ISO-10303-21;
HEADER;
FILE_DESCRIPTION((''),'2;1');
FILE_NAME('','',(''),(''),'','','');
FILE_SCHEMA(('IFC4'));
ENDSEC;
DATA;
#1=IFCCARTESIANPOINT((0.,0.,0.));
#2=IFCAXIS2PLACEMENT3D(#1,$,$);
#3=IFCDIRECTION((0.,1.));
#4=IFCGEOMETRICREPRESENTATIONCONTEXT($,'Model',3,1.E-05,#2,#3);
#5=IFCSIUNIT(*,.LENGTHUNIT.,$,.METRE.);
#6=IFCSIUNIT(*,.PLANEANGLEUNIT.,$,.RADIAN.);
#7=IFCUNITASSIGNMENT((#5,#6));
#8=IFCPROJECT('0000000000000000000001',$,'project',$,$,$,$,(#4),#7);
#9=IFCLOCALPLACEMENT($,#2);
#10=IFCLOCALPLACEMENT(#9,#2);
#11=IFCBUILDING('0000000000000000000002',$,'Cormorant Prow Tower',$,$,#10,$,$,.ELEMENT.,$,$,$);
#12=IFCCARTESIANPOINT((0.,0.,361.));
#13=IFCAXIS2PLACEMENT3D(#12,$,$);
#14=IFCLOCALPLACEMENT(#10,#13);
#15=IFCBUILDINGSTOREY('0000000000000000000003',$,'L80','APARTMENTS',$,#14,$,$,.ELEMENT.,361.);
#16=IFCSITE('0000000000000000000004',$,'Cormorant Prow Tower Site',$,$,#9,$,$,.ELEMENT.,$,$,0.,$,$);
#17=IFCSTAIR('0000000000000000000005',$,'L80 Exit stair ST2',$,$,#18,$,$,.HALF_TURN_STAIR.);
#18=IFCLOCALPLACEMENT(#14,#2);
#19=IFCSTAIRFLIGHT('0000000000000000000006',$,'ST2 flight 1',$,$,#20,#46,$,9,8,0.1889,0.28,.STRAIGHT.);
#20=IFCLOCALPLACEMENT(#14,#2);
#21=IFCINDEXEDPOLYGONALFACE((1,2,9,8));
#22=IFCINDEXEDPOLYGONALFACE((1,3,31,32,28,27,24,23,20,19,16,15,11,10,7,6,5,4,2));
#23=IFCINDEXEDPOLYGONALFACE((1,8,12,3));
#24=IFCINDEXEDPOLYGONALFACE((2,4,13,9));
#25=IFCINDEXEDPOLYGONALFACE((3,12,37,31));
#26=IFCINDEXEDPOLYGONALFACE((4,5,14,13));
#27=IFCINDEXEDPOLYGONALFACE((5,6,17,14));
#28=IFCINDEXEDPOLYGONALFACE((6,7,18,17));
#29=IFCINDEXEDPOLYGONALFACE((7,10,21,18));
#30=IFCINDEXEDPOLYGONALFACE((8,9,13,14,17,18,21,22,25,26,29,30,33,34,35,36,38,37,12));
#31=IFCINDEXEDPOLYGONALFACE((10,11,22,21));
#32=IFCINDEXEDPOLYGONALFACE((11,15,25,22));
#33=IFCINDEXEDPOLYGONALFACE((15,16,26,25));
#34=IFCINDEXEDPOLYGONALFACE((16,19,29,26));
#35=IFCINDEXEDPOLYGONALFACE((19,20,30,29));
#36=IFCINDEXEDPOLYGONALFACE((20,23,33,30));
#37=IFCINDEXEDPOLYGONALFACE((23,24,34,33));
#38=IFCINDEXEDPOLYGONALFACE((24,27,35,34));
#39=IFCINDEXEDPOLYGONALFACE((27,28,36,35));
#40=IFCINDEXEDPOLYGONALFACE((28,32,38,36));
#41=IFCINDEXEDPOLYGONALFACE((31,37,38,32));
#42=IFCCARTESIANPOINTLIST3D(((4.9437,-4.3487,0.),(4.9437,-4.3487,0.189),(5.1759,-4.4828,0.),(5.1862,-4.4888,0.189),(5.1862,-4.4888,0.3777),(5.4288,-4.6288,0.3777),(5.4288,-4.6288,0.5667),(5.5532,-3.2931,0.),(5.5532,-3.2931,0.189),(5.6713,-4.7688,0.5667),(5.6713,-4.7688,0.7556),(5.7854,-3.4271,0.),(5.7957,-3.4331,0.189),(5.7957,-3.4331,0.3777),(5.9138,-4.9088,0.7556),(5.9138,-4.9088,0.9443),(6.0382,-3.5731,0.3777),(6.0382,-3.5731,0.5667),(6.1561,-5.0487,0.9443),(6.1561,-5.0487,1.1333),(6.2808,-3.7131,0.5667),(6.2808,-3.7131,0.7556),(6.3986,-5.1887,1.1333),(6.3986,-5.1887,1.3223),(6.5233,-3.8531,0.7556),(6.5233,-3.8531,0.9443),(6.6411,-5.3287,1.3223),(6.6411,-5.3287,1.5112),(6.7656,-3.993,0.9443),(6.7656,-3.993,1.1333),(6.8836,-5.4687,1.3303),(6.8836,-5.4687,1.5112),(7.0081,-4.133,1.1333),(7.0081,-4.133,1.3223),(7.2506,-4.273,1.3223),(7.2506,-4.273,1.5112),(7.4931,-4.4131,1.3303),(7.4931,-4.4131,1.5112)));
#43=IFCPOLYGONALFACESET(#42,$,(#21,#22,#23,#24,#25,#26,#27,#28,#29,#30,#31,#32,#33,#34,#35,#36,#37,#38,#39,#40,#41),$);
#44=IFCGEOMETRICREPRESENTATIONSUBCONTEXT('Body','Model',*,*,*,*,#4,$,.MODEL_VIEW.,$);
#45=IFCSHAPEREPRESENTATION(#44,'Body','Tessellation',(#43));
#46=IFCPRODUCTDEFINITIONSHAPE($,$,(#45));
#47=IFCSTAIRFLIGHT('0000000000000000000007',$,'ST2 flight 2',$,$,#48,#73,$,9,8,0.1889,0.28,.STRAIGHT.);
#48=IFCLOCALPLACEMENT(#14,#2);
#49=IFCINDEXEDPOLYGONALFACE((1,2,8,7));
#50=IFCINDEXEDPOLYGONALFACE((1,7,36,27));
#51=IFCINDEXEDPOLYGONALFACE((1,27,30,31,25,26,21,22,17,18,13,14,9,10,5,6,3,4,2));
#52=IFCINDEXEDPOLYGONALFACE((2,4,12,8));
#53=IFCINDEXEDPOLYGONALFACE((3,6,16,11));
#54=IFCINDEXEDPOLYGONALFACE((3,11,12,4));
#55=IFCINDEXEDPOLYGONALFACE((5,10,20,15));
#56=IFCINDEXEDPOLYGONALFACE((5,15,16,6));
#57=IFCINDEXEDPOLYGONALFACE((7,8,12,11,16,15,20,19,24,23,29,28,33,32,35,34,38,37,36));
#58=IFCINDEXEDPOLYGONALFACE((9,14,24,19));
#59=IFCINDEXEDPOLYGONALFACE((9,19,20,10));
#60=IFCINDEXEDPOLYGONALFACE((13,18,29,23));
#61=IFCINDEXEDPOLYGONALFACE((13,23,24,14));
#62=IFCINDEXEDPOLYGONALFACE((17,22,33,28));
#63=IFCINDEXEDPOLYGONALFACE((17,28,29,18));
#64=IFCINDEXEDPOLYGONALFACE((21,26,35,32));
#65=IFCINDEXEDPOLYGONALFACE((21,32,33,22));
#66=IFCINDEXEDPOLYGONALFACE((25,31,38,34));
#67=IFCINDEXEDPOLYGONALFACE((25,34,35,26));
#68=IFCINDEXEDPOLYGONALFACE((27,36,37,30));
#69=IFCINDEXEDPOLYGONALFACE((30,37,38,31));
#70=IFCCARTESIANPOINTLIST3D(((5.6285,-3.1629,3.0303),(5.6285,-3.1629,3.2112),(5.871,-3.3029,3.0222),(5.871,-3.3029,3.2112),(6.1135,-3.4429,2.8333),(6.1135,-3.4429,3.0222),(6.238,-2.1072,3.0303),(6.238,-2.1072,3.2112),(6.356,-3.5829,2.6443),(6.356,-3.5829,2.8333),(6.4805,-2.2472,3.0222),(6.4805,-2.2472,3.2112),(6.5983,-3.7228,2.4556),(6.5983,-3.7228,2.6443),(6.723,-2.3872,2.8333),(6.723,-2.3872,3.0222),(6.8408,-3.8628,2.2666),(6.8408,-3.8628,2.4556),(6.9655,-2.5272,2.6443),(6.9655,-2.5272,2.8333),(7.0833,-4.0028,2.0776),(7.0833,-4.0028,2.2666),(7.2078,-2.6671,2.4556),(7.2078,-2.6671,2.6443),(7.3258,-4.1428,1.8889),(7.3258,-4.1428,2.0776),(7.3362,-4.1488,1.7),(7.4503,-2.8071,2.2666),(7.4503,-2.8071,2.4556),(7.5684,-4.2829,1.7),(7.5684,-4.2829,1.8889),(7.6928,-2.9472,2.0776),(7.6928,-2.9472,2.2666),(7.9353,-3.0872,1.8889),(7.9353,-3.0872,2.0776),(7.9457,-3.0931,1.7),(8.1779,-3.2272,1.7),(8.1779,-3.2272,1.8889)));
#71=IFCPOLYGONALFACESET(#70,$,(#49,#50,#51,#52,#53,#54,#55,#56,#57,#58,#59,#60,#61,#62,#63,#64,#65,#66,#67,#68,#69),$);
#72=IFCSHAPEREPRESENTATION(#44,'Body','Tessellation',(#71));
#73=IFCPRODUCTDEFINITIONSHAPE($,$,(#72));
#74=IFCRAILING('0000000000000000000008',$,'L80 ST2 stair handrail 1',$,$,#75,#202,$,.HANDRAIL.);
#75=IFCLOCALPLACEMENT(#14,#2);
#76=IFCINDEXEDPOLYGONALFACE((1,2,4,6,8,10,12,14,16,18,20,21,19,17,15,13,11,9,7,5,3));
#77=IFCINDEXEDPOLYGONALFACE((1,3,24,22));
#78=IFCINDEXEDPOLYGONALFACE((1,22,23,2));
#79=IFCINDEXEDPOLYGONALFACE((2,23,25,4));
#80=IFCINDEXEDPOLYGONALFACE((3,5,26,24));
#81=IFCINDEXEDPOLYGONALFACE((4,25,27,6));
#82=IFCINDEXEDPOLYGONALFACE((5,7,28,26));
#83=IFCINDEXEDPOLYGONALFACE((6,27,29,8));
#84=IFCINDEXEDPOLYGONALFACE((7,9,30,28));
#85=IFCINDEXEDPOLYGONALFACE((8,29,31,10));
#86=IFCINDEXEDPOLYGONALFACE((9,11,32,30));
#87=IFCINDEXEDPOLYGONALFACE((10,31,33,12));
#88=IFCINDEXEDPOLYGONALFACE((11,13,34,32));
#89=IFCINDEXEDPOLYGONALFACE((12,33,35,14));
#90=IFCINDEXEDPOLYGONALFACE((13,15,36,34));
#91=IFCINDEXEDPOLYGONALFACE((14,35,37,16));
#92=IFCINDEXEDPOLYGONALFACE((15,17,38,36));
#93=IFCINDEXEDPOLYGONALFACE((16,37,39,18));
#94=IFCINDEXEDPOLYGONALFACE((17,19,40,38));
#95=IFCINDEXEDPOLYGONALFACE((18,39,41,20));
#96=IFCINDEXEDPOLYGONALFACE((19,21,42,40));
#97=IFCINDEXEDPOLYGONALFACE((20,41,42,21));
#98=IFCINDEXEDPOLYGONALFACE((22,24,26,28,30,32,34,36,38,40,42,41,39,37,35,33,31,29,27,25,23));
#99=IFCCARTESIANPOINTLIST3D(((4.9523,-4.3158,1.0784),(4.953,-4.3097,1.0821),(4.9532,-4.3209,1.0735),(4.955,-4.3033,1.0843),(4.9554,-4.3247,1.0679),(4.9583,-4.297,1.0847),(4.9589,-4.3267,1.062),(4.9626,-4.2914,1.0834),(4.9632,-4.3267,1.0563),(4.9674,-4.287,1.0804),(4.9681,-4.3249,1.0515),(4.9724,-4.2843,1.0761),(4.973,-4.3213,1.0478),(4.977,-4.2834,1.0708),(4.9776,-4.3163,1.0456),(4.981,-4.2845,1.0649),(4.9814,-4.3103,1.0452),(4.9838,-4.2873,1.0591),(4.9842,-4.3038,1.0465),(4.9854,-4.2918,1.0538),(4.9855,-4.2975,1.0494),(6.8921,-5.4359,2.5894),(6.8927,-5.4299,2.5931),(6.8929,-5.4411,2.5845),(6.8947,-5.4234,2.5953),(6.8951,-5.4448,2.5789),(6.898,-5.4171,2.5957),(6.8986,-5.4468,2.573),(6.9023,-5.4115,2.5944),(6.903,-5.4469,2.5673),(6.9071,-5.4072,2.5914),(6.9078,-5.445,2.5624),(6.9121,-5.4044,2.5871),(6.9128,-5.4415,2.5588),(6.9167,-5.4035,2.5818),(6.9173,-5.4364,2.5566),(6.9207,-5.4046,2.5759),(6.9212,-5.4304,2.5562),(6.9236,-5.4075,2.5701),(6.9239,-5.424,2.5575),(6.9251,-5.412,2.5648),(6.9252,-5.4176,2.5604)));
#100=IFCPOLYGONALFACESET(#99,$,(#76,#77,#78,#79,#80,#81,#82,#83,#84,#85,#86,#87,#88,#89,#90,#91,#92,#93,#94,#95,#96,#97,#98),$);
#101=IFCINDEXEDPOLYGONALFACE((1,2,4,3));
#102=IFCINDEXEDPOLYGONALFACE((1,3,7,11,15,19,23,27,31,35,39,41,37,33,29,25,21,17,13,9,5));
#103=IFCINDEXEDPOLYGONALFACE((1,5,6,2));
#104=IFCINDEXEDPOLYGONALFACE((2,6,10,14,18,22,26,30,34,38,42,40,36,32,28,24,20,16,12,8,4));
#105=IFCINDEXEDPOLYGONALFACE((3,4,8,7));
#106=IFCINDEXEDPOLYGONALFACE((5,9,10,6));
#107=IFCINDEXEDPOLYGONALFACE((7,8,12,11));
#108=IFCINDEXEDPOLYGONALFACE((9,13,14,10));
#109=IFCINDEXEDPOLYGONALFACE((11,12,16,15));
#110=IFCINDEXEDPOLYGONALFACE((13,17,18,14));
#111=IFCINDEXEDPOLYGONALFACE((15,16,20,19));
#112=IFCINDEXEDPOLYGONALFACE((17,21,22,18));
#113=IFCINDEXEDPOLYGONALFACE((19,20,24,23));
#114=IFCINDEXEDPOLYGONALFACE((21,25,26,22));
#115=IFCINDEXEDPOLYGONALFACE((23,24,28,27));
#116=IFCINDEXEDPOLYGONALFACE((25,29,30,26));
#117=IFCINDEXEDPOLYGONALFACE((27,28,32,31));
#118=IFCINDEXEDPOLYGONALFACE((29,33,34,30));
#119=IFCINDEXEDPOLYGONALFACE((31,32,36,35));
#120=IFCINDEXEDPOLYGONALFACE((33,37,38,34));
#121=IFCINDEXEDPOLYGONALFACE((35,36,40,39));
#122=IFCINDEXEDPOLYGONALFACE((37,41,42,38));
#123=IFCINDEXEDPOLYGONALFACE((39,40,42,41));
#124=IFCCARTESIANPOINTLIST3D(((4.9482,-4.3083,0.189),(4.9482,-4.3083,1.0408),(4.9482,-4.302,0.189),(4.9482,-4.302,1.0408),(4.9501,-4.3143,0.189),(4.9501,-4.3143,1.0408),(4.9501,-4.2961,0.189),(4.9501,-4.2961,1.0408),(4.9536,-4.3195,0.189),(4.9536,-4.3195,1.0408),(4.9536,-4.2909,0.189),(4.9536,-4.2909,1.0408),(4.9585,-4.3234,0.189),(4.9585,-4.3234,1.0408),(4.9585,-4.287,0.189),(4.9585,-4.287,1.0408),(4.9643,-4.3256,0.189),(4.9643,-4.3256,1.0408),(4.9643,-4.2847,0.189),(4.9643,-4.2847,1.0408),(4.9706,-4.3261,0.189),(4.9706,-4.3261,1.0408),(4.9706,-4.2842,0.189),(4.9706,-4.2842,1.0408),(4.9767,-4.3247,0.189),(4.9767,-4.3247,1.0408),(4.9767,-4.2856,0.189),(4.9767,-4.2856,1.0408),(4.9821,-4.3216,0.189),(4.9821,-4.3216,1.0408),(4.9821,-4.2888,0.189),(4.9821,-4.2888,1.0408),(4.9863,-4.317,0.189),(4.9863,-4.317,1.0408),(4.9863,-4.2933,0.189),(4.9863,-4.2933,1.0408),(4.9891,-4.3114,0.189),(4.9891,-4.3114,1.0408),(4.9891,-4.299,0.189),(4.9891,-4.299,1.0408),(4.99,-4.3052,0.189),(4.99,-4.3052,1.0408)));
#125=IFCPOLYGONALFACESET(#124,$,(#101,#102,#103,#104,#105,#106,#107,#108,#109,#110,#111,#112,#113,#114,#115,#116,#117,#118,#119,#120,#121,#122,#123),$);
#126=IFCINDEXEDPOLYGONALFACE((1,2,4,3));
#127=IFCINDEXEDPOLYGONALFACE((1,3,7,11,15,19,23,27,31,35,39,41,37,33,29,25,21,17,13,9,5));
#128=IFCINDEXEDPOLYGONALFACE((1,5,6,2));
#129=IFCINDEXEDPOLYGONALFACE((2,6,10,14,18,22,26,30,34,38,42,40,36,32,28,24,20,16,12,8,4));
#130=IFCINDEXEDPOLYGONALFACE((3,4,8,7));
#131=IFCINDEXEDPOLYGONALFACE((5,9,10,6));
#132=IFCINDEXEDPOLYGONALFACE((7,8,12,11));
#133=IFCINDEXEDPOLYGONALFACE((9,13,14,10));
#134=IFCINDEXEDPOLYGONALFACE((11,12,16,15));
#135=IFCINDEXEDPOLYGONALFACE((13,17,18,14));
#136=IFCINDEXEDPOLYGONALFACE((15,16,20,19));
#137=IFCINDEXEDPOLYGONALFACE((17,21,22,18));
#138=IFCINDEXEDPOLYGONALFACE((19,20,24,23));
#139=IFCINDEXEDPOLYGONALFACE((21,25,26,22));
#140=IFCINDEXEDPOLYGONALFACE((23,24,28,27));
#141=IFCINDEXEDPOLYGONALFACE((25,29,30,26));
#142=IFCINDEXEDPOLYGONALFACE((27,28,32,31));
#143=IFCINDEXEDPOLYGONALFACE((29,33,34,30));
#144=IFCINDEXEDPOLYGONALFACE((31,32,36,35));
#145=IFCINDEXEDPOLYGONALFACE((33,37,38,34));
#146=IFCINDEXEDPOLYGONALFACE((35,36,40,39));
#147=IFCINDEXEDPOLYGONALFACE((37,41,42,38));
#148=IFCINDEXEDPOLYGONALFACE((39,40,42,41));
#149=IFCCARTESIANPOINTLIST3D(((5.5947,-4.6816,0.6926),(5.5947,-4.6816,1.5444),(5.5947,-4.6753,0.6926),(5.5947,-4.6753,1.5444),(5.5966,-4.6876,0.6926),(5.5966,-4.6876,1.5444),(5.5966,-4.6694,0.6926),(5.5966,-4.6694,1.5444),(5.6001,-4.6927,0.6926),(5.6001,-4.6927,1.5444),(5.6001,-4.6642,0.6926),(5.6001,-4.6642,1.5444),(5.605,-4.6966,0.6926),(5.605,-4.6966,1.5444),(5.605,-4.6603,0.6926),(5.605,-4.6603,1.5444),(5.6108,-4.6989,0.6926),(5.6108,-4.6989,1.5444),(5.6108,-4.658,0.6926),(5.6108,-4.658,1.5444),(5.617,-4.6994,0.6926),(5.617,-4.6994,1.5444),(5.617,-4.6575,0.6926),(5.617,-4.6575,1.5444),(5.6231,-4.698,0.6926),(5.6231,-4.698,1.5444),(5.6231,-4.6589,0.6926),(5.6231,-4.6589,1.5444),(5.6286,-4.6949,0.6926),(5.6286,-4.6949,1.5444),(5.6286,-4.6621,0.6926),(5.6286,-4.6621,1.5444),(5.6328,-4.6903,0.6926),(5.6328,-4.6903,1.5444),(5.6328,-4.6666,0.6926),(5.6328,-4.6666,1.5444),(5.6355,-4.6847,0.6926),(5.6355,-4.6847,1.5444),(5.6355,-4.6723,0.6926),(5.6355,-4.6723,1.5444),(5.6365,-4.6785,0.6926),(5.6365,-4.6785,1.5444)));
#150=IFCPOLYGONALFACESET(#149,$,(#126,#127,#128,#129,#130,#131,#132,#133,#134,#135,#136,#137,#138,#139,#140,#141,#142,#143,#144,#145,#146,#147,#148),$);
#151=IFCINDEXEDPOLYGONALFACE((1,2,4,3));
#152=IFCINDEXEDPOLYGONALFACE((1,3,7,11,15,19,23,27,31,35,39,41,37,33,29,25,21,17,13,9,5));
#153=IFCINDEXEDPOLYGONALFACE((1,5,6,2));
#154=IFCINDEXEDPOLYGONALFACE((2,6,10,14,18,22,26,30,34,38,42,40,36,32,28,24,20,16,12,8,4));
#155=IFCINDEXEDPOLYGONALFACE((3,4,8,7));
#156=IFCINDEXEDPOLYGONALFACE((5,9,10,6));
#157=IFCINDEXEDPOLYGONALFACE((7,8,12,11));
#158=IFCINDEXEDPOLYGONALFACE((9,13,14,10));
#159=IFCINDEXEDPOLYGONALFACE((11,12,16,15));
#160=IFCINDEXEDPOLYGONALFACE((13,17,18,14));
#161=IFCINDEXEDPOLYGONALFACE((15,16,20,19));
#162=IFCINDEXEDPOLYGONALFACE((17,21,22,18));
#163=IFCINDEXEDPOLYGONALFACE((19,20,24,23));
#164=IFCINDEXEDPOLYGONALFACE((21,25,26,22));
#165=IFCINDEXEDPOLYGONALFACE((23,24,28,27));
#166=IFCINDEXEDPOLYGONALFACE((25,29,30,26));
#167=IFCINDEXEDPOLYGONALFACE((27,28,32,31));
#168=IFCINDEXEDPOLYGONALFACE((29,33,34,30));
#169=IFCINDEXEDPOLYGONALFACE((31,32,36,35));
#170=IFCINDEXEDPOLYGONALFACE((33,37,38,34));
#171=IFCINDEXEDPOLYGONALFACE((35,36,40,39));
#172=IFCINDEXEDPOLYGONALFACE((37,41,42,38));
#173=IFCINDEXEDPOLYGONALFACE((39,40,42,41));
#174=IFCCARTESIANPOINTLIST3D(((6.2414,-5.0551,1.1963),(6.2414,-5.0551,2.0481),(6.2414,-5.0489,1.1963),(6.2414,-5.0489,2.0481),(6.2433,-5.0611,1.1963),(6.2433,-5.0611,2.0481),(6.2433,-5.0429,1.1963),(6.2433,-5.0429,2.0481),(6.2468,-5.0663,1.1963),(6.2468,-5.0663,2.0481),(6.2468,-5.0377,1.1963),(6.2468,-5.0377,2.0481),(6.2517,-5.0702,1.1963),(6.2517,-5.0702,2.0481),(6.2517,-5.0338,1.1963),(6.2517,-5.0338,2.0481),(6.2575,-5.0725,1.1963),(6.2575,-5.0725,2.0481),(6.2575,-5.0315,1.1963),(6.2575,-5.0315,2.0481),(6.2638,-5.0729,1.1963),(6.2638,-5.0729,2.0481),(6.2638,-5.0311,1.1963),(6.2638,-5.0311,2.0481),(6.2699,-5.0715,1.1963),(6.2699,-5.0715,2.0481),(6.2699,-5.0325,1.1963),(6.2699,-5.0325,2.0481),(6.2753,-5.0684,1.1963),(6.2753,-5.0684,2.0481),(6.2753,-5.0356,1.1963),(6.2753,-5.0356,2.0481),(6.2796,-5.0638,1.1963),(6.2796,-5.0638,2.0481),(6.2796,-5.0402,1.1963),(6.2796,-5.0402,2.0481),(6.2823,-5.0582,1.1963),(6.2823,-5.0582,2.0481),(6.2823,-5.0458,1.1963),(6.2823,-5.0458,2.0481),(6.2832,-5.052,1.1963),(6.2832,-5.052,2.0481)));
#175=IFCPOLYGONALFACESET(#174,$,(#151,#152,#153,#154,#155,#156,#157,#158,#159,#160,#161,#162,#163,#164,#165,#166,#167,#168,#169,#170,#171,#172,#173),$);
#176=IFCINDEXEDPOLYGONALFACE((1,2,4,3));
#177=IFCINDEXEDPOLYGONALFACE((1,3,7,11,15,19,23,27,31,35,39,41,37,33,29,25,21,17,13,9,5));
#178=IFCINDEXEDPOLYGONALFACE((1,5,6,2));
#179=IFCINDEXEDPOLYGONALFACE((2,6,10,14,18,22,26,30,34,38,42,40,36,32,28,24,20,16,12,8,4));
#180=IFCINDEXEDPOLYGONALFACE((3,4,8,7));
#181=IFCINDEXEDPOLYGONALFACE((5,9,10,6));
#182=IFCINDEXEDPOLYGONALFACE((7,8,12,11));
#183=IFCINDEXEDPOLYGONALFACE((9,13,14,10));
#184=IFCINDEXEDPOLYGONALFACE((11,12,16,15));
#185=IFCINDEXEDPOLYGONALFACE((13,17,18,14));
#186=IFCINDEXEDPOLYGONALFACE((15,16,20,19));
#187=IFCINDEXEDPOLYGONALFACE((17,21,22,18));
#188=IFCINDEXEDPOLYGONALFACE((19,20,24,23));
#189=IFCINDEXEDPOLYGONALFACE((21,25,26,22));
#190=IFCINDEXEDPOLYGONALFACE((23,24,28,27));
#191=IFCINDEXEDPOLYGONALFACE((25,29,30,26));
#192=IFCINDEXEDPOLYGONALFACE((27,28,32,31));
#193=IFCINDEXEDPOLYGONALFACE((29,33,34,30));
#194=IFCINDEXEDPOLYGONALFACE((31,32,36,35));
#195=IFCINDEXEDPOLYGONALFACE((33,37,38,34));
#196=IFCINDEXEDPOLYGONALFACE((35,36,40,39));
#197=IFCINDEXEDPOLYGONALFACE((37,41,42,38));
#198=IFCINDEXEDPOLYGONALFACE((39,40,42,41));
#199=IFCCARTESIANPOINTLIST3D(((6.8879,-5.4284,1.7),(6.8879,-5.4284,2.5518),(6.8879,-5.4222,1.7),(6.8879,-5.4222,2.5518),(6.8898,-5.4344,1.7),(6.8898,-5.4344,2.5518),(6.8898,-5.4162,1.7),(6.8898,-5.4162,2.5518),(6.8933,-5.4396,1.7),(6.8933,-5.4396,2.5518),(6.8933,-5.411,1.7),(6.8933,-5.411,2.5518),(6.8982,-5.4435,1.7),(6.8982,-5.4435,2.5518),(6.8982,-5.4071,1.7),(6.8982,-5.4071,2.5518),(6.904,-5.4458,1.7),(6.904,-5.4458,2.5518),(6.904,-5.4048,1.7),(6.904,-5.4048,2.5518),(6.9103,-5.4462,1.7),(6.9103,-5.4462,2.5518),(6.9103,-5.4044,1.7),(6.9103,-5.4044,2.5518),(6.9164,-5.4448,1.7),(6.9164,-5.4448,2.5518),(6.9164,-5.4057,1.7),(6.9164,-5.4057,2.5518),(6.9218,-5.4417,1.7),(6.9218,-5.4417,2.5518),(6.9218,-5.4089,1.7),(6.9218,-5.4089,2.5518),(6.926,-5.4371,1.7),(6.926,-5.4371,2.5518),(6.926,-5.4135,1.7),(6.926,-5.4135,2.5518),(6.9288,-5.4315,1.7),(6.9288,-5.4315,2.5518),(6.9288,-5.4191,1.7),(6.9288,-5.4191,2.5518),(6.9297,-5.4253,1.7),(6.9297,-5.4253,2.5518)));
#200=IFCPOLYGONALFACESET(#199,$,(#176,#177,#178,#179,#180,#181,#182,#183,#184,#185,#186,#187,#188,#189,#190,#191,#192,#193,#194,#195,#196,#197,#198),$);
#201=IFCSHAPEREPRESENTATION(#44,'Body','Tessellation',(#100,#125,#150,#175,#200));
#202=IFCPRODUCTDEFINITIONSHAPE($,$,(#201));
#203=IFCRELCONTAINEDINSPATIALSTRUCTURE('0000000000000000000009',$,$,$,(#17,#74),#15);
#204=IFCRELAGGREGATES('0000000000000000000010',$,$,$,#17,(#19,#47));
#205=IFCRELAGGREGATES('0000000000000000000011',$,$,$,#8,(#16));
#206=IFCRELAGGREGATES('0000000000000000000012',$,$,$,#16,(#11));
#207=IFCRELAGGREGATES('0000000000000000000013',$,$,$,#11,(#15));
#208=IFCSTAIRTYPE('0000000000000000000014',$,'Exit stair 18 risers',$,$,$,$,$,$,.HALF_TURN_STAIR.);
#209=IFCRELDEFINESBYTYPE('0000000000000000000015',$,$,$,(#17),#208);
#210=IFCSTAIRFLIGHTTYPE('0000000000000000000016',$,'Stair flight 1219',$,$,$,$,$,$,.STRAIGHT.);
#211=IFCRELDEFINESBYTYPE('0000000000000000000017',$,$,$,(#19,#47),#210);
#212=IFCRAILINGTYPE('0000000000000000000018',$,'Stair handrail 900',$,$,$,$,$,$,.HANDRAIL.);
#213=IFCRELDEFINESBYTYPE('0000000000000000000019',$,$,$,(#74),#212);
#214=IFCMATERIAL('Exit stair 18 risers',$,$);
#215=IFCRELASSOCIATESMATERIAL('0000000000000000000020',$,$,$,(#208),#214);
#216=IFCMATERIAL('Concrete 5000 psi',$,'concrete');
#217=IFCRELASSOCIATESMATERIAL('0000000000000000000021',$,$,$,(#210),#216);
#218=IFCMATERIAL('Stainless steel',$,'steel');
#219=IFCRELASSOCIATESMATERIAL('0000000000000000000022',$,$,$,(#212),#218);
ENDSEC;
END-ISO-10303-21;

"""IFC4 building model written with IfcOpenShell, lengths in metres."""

from ifc_helpers import new_model, si_unit, direction, frame, origin, origin_2d, place, context, subcontext, project, spatial, polyline, circle, outline, extrude, material, type_object, element, aggregate, save


model = new_model("IFC4")

# Units and contexts
model_context = context("Model", 3, precision=1e-05, world=origin(), true_north=direction((0.0, 1.0)))
body_context = subcontext(model_context, "Body", "Model", "MODEL_VIEW")
ifc_project = project(units=[si_unit("LENGTHUNIT", "METRE"), si_unit("PLANEANGLEUNIT", "RADIAN")], contexts=[model_context])

# Site, building, storey
site_placement = place(None, origin())
site = spatial("IfcSite", under=ifc_project, at=site_placement, Name="Cormorant Prow Tower Site", CompositionType="ELEMENT", RefElevation=0.0)
building_placement = place(site_placement, origin())
building = spatial("IfcBuilding", under=site, at=building_placement, Name="Cormorant Prow Tower", CompositionType="ELEMENT")
storey_placement = place(building_placement, frame((0.0, 0.0, 361.0)))
storey = spatial("IfcBuildingStorey", under=building, at=storey_placement, Name="L80", Description="APARTMENTS", CompositionType="ELEMENT", Elevation=361.0)

# Stair, stair flights
ifc_material_1 = material(Name="Exit stair 18 risers")
stair_type = type_object("IfcStairType", Name="Exit stair 18 risers", PredefinedType="HALF_TURN_STAIR", material=ifc_material_1)
stair_placement = place(storey_placement, origin())
stair = element("IfcStair", 1, at=stair_placement, inside=storey, type_object=stair_type, Name="L80 Exit stair ST2", PredefinedType="HALF_TURN_STAIR")
ifc_material_2 = material(Name="Concrete 5000 psi", Category="concrete")
stair_flight_type = type_object("IfcStairFlightType", Name="Stair flight 1219", PredefinedType="STRAIGHT", material=ifc_material_2)
stair_flight_1_placement = place(storey_placement, frame((5.2485, -3.8208, 0.0), z_axis=(0.0, 0.0, 1.0), x_axis=(0.866025, -0.5, 0.0)))
stair_flight_1 = element("IfcStairFlight", 2, at=stair_flight_1_placement, type_object=stair_flight_type, Name="ST2 flight 1", NumberOfRisers=9, NumberOfTreads=8, PredefinedType="STRAIGHT", RiserHeight=0.1889, TreadLength=0.28, context=body_context, shape_type="SweptSolid", body=[
    extrude(outline(polyline([(0.0, 0.0), (0.0, 0.189), (0.28, 0.189), (0.28, 0.3777), (0.5601, 0.3777), (0.5601, 0.5667), (0.8401, 0.5667), (0.8401, 0.7556), (1.1201, 0.7556), (1.1201, 0.9443), (1.3999, 0.9443), (1.3999, 1.1333), (1.6799, 1.1333), (1.6799, 1.3223), (1.96, 1.3223), (1.96, 1.5112), (2.24, 1.5112), (2.24, 1.7), (2.24, 1.3303), (0.2681, 0.0), (0.0, 0.0)])), frame((0.0, 0.6094, 0.0), z_axis=(0.0, -1.0, 0.0), x_axis=(1.0, 0.0, 0.0)), (0.0, 0.0, 1.0), 1.219),
])
stair_flight_2_placement = place(storey_placement, frame((7.873, -3.7551, 1.7), z_axis=(0.0, 0.0, 1.0), x_axis=(-0.866025, 0.5, 0.0)))
stair_flight_2 = element("IfcStairFlight", 3, at=stair_flight_2_placement, type_object=stair_flight_type, Name="ST2 flight 2", NumberOfRisers=9, NumberOfTreads=8, PredefinedType="STRAIGHT", RiserHeight=0.1889, TreadLength=0.28, context=body_context, shape_type="SweptSolid", body=[
    extrude(outline(polyline([(0.0, 0.0), (0.0, 0.189), (0.28, 0.189), (0.28, 0.3777), (0.5601, 0.3777), (0.5601, 0.5667), (0.8401, 0.5667), (0.8401, 0.7556), (1.1201, 0.7556), (1.1201, 0.9443), (1.3999, 0.9443), (1.3999, 1.1333), (1.6799, 1.1333), (1.6799, 1.3223), (1.96, 1.3223), (1.96, 1.5112), (2.24, 1.5112), (2.24, 1.7), (2.24, 1.3303), (0.2681, 0.0), (0.0, 0.0)])), frame((0.0, 0.6094, 0.0), z_axis=(0.0, -1.0, 0.0), x_axis=(1.0, 0.0, 0.0)), (0.0, 0.0, 1.0), 1.219),
])
aggregate(stair, [stair_flight_1, stair_flight_2])

# Railing
ifc_material_3 = material(Name="Stainless steel", Category="steel")
railing_type = type_object("IfcRailingType", Name="Stair handrail 900", PredefinedType="HANDRAIL", material=ifc_material_3)
railing_1_placement = place(storey_placement, frame((4.969, -4.3052, 0.189)))
element("IfcRailing", 4, at=railing_1_placement, inside=storey, type_object=railing_type, Name="L80 ST2 stair handrail 1", PredefinedType="HANDRAIL", context=body_context, shape_type="SweptSolid", body=[
    extrude(circle(Radius=0.0239, at=origin_2d()), frame((0.0, 0.0, 0.876), z_axis=(0.717906, -0.414569, 0.559235), x_axis=(0.500078, 0.86598, 0.0)), (0.0, 0.0, 1.0), 2.7019),
    extrude(circle(Radius=0.021, at=origin_2d()), origin(), (0.0, 0.0, 1.0), 0.8518),
    extrude(circle(Radius=0.021, at=origin_2d()), frame((0.6465, -0.3733, 0.5037)), (0.0, 0.0, 1.0), 0.8518),
    extrude(circle(Radius=0.021, at=origin_2d()), frame((1.2932, -0.7468, 1.0073)), (0.0, 0.0, 1.0), 0.8518),
    extrude(circle(Radius=0.021, at=origin_2d()), frame((1.9397, -1.1201, 1.511)), (0.0, 0.0, 1.0), 0.8518),
])

save(model, "model.ifc")
